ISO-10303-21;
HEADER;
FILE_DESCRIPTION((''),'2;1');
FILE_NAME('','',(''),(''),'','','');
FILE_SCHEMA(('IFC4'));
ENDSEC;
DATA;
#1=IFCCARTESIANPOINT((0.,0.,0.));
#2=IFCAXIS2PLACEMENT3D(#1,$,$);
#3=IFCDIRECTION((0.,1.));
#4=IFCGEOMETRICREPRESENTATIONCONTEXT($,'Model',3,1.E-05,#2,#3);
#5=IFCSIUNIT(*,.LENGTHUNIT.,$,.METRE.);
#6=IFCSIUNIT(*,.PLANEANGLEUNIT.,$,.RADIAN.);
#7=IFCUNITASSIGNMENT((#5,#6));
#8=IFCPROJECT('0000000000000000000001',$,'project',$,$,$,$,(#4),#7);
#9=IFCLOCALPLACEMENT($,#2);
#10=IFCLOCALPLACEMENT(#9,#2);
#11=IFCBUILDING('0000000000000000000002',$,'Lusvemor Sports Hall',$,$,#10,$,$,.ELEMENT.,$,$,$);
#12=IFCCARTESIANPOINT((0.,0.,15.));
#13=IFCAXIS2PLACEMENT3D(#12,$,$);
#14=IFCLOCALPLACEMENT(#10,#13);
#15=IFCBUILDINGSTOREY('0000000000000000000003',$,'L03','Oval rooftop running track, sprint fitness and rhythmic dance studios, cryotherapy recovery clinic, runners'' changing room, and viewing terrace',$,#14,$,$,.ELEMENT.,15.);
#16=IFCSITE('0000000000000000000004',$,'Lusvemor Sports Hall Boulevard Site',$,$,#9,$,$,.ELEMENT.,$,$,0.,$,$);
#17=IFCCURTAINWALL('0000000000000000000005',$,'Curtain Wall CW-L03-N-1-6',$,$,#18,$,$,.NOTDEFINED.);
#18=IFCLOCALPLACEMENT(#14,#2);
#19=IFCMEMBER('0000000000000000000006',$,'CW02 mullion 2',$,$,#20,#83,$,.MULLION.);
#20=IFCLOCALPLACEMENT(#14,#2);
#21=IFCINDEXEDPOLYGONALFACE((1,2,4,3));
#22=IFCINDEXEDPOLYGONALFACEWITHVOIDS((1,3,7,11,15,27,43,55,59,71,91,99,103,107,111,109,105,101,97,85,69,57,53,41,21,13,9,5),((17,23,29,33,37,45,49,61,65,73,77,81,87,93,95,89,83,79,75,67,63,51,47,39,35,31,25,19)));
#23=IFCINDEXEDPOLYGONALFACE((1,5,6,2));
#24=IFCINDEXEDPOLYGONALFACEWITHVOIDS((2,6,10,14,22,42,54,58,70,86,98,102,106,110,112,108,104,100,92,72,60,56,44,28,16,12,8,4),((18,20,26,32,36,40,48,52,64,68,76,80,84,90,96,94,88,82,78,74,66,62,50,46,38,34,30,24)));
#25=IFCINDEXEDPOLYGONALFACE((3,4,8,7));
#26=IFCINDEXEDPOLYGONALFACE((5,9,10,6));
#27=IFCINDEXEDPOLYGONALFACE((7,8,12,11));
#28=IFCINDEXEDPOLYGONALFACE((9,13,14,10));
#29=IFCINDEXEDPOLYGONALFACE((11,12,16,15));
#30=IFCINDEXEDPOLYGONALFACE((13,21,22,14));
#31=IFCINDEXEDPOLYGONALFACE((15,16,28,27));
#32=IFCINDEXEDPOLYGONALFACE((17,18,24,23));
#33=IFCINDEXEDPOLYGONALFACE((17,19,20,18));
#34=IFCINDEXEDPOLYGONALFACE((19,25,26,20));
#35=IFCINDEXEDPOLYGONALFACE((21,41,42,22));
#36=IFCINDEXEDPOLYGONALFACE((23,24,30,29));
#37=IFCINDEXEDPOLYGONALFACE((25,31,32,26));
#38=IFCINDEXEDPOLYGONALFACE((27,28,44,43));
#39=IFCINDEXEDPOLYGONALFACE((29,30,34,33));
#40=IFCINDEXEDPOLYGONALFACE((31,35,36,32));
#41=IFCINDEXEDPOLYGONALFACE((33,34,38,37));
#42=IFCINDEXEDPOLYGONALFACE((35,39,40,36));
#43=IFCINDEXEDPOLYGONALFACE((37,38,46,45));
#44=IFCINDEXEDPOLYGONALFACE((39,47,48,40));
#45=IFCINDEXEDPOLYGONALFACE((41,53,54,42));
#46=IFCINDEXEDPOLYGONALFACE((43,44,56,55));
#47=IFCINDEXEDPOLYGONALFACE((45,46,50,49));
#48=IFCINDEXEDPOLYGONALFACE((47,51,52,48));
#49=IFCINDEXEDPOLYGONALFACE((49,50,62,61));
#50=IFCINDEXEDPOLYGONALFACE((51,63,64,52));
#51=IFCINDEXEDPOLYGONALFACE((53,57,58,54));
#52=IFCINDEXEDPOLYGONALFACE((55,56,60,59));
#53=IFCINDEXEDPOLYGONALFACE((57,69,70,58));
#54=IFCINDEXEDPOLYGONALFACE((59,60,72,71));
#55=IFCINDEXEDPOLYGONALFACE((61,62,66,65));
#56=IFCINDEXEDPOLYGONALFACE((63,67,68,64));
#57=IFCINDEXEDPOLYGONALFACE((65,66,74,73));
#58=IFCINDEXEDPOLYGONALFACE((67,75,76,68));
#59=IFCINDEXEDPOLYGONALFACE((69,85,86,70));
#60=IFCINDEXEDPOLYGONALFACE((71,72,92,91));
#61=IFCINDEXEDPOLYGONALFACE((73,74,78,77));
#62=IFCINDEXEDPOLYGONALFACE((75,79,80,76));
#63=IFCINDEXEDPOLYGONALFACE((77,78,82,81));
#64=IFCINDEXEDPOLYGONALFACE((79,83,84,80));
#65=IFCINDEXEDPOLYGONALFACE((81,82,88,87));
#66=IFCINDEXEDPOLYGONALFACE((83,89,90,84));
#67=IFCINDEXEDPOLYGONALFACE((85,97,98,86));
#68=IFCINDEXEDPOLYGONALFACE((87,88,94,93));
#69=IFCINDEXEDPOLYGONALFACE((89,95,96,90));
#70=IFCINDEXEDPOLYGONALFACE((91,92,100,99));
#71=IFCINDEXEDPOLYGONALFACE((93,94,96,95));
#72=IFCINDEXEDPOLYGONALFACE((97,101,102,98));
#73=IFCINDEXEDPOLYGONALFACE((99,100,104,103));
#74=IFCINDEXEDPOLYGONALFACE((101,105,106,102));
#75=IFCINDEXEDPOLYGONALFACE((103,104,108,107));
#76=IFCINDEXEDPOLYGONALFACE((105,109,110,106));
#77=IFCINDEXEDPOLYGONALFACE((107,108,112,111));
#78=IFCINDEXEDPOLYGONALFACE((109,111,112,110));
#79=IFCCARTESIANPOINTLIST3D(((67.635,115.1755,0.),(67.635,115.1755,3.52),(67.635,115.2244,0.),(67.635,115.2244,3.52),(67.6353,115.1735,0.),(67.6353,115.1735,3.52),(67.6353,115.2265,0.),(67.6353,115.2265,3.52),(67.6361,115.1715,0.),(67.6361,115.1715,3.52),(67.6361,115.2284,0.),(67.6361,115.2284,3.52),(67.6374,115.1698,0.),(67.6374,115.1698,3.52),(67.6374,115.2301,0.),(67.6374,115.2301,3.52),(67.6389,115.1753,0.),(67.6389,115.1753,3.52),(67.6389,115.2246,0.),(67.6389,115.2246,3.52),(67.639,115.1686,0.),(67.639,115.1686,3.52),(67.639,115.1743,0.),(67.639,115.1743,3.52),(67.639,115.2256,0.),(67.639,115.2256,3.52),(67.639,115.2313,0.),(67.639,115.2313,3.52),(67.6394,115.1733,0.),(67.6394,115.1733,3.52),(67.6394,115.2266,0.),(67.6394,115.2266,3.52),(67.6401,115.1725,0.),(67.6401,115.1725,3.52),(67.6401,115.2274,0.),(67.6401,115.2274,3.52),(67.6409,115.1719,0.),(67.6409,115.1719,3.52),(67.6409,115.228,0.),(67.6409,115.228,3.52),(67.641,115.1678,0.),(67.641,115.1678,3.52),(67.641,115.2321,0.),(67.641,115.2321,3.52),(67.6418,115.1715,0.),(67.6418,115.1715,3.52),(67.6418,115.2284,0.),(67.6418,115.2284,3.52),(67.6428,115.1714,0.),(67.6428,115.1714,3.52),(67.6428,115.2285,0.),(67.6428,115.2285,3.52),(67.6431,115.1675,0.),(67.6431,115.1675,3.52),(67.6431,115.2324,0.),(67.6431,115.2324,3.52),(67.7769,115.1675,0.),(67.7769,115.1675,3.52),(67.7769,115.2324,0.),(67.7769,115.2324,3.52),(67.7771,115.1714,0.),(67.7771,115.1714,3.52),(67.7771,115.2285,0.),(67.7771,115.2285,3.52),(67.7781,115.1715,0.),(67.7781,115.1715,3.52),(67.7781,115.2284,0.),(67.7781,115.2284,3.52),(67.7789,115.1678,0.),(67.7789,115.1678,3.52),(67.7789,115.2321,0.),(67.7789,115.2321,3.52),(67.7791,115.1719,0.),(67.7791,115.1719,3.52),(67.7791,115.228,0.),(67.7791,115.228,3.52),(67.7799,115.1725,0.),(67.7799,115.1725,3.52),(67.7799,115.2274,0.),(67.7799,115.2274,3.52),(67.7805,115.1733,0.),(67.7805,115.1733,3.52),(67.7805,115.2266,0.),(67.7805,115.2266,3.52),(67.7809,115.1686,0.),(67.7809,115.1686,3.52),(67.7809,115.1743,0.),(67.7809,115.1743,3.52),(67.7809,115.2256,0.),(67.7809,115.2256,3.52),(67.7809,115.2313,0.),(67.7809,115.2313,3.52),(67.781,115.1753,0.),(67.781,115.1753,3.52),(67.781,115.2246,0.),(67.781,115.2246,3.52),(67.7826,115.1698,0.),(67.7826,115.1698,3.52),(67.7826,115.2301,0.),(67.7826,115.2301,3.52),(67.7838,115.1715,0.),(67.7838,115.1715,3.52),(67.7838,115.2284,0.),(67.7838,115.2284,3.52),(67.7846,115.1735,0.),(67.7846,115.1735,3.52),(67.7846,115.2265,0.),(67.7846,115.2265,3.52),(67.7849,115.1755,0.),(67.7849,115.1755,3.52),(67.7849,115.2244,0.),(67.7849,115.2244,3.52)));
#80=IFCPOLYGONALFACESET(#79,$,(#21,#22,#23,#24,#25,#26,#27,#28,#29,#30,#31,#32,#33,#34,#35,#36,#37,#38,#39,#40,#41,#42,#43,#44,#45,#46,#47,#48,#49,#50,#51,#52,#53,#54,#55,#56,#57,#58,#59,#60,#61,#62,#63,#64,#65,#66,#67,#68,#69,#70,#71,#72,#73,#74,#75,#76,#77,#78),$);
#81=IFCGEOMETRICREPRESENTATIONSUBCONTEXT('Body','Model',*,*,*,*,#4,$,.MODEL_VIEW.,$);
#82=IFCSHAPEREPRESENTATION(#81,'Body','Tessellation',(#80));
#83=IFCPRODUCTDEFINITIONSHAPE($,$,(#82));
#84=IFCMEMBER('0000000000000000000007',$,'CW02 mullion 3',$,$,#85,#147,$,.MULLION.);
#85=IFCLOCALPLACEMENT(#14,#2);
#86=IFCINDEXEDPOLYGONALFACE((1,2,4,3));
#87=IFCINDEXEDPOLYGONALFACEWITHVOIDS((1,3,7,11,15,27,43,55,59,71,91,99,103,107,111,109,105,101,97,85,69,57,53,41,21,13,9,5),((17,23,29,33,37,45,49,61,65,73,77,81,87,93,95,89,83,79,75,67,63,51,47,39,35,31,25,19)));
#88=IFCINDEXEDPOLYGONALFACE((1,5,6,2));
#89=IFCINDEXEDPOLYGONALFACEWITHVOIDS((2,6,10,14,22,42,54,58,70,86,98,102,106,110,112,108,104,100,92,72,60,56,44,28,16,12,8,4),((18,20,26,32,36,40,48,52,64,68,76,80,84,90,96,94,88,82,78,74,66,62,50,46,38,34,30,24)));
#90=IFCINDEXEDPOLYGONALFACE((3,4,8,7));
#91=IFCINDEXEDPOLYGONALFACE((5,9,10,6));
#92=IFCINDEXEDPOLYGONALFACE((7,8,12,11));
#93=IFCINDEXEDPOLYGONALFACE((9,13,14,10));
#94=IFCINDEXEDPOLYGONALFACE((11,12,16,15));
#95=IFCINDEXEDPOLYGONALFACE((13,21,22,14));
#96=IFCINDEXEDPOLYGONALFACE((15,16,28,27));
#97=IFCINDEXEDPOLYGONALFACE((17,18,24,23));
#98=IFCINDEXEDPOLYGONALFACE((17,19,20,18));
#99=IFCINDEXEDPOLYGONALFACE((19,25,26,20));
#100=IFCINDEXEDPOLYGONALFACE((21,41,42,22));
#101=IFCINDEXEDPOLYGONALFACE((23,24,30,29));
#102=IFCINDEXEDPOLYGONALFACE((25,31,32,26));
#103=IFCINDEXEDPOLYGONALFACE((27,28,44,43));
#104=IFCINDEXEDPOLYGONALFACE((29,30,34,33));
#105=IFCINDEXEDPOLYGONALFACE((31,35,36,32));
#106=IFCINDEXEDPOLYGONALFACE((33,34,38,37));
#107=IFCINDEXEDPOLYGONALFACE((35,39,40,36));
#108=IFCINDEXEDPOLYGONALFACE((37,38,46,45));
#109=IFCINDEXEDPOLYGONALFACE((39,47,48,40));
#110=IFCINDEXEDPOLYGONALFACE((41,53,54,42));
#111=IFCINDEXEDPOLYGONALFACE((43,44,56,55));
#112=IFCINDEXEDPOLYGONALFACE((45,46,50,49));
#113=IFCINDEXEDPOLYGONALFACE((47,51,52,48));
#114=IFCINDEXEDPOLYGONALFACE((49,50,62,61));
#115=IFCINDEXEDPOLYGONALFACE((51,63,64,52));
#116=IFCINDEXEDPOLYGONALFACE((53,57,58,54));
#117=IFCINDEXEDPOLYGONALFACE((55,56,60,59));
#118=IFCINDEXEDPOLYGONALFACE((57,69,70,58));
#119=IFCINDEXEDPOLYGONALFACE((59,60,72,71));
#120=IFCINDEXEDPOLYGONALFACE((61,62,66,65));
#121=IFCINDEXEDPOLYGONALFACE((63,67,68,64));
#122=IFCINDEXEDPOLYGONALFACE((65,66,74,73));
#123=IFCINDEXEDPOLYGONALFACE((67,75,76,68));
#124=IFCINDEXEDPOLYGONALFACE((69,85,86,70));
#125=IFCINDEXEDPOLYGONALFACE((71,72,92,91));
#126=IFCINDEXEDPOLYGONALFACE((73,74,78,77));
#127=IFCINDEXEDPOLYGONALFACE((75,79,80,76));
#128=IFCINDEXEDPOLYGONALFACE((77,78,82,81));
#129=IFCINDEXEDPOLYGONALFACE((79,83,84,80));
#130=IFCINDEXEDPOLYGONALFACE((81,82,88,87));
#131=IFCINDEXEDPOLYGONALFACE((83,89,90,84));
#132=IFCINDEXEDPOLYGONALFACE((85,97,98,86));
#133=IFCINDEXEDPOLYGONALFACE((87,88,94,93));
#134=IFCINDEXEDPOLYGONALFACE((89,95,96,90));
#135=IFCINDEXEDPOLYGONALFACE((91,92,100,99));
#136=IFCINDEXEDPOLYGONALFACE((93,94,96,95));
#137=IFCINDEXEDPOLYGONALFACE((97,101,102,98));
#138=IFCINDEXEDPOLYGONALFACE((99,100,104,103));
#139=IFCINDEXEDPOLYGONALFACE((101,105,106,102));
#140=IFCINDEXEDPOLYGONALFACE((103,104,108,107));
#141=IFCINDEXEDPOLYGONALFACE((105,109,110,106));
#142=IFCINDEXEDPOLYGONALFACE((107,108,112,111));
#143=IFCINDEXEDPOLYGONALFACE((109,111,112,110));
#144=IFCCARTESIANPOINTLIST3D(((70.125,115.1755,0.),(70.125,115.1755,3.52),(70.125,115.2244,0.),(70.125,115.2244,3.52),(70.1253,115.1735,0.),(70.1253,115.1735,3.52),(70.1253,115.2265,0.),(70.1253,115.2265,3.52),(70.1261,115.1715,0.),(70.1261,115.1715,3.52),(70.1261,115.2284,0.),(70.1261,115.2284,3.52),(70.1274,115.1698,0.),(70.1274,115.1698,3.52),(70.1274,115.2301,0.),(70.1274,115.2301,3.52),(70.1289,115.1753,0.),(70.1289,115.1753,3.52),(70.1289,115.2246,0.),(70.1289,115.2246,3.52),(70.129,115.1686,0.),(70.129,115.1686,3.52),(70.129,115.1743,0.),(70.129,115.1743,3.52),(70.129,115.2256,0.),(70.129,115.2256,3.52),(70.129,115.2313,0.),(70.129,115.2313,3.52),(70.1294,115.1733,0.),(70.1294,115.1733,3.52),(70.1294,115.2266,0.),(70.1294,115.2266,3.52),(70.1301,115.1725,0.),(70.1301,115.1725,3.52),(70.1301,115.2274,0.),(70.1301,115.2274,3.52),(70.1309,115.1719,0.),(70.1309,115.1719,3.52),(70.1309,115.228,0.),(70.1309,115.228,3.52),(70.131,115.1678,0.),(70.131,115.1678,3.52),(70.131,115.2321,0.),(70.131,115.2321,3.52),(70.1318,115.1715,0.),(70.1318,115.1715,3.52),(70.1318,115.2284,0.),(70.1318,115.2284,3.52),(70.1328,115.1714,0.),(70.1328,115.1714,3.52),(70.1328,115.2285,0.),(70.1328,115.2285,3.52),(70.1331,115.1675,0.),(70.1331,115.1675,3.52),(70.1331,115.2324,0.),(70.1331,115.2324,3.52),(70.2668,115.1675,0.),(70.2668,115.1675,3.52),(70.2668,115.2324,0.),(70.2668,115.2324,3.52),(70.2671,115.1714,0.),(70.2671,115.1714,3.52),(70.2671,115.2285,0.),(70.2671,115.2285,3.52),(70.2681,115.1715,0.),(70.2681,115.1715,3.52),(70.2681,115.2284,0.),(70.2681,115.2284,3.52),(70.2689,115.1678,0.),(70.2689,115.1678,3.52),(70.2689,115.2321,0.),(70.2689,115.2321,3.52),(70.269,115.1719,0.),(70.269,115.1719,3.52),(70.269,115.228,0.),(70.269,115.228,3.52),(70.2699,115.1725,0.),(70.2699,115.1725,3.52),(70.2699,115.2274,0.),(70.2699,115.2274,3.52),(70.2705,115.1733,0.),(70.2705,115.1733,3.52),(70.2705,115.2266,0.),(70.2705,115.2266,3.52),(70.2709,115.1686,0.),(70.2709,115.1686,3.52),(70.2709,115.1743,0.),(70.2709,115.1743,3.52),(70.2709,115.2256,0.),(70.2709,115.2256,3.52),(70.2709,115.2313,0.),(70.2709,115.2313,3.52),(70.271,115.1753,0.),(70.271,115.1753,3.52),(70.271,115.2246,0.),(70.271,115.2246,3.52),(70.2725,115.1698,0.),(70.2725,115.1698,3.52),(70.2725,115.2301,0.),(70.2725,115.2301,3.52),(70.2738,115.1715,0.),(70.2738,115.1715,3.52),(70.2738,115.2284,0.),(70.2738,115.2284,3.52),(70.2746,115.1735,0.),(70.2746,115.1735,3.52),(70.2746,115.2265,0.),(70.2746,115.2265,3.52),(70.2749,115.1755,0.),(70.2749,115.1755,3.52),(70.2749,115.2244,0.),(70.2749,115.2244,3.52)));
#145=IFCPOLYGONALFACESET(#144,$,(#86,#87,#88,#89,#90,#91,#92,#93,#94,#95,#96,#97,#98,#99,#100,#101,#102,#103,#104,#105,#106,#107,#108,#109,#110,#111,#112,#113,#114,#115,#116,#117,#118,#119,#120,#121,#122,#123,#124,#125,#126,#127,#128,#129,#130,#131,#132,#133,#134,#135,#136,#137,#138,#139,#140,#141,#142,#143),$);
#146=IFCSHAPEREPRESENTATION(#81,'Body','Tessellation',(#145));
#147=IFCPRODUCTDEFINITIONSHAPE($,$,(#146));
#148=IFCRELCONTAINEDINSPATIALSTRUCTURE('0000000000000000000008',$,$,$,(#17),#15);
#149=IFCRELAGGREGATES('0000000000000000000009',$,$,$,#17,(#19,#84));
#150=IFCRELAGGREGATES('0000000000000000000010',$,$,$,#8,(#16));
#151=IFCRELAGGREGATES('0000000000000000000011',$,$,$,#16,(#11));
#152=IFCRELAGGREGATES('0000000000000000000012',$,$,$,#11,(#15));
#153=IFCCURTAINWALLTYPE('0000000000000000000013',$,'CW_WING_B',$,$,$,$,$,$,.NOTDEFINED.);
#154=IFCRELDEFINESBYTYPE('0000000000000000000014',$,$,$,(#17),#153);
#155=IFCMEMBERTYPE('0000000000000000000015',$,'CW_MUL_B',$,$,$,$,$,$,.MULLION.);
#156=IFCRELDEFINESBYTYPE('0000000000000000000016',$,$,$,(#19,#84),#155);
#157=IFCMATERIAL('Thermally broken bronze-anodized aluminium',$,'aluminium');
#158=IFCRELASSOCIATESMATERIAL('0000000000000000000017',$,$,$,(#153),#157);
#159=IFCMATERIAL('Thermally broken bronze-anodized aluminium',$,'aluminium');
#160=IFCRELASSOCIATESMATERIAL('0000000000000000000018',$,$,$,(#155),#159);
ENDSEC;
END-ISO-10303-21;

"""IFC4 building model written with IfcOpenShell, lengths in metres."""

from ifc_helpers import new_model, si_unit, direction, frame, origin, origin_2d, place, context, subcontext, project, spatial, hollow_rectangle, extrude, material, material_profile, profile_set, type_object, element, aggregate, save


model = new_model("IFC4")

# Units and contexts
model_context = context("Model", 3, precision=1e-05, world=origin(), true_north=direction((0.0, 1.0)))
body_context = subcontext(model_context, "Body", "Model", "MODEL_VIEW")
ifc_project = project(units=[si_unit("LENGTHUNIT", "METRE"), si_unit("PLANEANGLEUNIT", "RADIAN")], contexts=[model_context])

# Site, building, storey
site_placement = place(None, origin())
site = spatial("IfcSite", under=ifc_project, at=site_placement, Name="Lusvemor Sports Hall Boulevard Site", CompositionType="ELEMENT", RefElevation=0.0)
building_placement = place(site_placement, origin())
building = spatial("IfcBuilding", under=site, at=building_placement, Name="Lusvemor Sports Hall", CompositionType="ELEMENT")
storey_placement = place(building_placement, frame((0.0, 0.0, 15.0)))
storey = spatial("IfcBuildingStorey", under=building, at=storey_placement, Name="L03", Description="Oval rooftop running track, sprint fitness and rhythmic dance studios, cryotherapy recovery clinic, runners' changing room, and viewing terrace", CompositionType="ELEMENT", Elevation=15.0)

# Curtain wall, members
ifc_material_1 = material(Name="Thermally broken bronze-anodized aluminium", Category="aluminium")
curtain_wall_type = type_object("IfcCurtainWallType", Name="CW_WING_B", PredefinedType="NOTDEFINED", material=ifc_material_1)
curtain_wall_placement = place(storey_placement, origin())
curtain_wall = element("IfcCurtainWall", 1, at=curtain_wall_placement, inside=storey, type_object=curtain_wall_type, Name="Curtain Wall CW-L03-N-1-6", PredefinedType="NOTDEFINED")
ifc_material_2 = material(Name="Thermally broken bronze-anodized aluminium", Category="aluminium")
ifc_material_profile_1 = material_profile(ifc_material_2, hollow_rectangle(XDim=0.0649, YDim=0.1499, WallThickness=0.0039, InnerFilletRadius=0.0039, OuterFilletRadius=0.0081, at=origin_2d()), Name="CWMUL150x65x4")
ifc_profile_set_1 = profile_set([ifc_material_profile_1], Name="Thermally broken bronze-anodized aluminium")
member_type_1 = type_object("IfcMemberType", Name="CW_MUL_B", PredefinedType="MULLION", material=ifc_profile_set_1)
member_1_placement = place(storey_placement, frame((67.71, 115.2, 0.0), z_axis=(0.0, 0.0, 1.0), x_axis=(0.0, 1.0, 0.0)))
member_1 = element("IfcMember", 2, at=member_1_placement, type_object=member_type_1, Name="CW02 mullion 2", PredefinedType="MULLION", context=body_context, shape_type="SweptSolid", body=[
    extrude(hollow_rectangle(XDim=0.0649, YDim=0.1499, WallThickness=0.0039, InnerFilletRadius=0.0039, OuterFilletRadius=0.0081, at=origin_2d()), origin(), (0.0, 0.0, 1.0), 3.52),
])
member_2_placement = place(storey_placement, frame((70.2, 115.2, 0.0), z_axis=(0.0, 0.0, 1.0), x_axis=(0.0, 1.0, 0.0)))
member_2 = element("IfcMember", 3, at=member_2_placement, type_object=member_type_1, Name="CW02 mullion 3", PredefinedType="MULLION", context=body_context, shape_type="SweptSolid", body=[
    extrude(hollow_rectangle(XDim=0.0649, YDim=0.1499, WallThickness=0.0039, InnerFilletRadius=0.0039, OuterFilletRadius=0.0081, at=origin_2d()), origin(), (0.0, 0.0, 1.0), 3.52),
])

aggregate(curtain_wall, [member_1, member_2])

save(model, "model.ifc")
